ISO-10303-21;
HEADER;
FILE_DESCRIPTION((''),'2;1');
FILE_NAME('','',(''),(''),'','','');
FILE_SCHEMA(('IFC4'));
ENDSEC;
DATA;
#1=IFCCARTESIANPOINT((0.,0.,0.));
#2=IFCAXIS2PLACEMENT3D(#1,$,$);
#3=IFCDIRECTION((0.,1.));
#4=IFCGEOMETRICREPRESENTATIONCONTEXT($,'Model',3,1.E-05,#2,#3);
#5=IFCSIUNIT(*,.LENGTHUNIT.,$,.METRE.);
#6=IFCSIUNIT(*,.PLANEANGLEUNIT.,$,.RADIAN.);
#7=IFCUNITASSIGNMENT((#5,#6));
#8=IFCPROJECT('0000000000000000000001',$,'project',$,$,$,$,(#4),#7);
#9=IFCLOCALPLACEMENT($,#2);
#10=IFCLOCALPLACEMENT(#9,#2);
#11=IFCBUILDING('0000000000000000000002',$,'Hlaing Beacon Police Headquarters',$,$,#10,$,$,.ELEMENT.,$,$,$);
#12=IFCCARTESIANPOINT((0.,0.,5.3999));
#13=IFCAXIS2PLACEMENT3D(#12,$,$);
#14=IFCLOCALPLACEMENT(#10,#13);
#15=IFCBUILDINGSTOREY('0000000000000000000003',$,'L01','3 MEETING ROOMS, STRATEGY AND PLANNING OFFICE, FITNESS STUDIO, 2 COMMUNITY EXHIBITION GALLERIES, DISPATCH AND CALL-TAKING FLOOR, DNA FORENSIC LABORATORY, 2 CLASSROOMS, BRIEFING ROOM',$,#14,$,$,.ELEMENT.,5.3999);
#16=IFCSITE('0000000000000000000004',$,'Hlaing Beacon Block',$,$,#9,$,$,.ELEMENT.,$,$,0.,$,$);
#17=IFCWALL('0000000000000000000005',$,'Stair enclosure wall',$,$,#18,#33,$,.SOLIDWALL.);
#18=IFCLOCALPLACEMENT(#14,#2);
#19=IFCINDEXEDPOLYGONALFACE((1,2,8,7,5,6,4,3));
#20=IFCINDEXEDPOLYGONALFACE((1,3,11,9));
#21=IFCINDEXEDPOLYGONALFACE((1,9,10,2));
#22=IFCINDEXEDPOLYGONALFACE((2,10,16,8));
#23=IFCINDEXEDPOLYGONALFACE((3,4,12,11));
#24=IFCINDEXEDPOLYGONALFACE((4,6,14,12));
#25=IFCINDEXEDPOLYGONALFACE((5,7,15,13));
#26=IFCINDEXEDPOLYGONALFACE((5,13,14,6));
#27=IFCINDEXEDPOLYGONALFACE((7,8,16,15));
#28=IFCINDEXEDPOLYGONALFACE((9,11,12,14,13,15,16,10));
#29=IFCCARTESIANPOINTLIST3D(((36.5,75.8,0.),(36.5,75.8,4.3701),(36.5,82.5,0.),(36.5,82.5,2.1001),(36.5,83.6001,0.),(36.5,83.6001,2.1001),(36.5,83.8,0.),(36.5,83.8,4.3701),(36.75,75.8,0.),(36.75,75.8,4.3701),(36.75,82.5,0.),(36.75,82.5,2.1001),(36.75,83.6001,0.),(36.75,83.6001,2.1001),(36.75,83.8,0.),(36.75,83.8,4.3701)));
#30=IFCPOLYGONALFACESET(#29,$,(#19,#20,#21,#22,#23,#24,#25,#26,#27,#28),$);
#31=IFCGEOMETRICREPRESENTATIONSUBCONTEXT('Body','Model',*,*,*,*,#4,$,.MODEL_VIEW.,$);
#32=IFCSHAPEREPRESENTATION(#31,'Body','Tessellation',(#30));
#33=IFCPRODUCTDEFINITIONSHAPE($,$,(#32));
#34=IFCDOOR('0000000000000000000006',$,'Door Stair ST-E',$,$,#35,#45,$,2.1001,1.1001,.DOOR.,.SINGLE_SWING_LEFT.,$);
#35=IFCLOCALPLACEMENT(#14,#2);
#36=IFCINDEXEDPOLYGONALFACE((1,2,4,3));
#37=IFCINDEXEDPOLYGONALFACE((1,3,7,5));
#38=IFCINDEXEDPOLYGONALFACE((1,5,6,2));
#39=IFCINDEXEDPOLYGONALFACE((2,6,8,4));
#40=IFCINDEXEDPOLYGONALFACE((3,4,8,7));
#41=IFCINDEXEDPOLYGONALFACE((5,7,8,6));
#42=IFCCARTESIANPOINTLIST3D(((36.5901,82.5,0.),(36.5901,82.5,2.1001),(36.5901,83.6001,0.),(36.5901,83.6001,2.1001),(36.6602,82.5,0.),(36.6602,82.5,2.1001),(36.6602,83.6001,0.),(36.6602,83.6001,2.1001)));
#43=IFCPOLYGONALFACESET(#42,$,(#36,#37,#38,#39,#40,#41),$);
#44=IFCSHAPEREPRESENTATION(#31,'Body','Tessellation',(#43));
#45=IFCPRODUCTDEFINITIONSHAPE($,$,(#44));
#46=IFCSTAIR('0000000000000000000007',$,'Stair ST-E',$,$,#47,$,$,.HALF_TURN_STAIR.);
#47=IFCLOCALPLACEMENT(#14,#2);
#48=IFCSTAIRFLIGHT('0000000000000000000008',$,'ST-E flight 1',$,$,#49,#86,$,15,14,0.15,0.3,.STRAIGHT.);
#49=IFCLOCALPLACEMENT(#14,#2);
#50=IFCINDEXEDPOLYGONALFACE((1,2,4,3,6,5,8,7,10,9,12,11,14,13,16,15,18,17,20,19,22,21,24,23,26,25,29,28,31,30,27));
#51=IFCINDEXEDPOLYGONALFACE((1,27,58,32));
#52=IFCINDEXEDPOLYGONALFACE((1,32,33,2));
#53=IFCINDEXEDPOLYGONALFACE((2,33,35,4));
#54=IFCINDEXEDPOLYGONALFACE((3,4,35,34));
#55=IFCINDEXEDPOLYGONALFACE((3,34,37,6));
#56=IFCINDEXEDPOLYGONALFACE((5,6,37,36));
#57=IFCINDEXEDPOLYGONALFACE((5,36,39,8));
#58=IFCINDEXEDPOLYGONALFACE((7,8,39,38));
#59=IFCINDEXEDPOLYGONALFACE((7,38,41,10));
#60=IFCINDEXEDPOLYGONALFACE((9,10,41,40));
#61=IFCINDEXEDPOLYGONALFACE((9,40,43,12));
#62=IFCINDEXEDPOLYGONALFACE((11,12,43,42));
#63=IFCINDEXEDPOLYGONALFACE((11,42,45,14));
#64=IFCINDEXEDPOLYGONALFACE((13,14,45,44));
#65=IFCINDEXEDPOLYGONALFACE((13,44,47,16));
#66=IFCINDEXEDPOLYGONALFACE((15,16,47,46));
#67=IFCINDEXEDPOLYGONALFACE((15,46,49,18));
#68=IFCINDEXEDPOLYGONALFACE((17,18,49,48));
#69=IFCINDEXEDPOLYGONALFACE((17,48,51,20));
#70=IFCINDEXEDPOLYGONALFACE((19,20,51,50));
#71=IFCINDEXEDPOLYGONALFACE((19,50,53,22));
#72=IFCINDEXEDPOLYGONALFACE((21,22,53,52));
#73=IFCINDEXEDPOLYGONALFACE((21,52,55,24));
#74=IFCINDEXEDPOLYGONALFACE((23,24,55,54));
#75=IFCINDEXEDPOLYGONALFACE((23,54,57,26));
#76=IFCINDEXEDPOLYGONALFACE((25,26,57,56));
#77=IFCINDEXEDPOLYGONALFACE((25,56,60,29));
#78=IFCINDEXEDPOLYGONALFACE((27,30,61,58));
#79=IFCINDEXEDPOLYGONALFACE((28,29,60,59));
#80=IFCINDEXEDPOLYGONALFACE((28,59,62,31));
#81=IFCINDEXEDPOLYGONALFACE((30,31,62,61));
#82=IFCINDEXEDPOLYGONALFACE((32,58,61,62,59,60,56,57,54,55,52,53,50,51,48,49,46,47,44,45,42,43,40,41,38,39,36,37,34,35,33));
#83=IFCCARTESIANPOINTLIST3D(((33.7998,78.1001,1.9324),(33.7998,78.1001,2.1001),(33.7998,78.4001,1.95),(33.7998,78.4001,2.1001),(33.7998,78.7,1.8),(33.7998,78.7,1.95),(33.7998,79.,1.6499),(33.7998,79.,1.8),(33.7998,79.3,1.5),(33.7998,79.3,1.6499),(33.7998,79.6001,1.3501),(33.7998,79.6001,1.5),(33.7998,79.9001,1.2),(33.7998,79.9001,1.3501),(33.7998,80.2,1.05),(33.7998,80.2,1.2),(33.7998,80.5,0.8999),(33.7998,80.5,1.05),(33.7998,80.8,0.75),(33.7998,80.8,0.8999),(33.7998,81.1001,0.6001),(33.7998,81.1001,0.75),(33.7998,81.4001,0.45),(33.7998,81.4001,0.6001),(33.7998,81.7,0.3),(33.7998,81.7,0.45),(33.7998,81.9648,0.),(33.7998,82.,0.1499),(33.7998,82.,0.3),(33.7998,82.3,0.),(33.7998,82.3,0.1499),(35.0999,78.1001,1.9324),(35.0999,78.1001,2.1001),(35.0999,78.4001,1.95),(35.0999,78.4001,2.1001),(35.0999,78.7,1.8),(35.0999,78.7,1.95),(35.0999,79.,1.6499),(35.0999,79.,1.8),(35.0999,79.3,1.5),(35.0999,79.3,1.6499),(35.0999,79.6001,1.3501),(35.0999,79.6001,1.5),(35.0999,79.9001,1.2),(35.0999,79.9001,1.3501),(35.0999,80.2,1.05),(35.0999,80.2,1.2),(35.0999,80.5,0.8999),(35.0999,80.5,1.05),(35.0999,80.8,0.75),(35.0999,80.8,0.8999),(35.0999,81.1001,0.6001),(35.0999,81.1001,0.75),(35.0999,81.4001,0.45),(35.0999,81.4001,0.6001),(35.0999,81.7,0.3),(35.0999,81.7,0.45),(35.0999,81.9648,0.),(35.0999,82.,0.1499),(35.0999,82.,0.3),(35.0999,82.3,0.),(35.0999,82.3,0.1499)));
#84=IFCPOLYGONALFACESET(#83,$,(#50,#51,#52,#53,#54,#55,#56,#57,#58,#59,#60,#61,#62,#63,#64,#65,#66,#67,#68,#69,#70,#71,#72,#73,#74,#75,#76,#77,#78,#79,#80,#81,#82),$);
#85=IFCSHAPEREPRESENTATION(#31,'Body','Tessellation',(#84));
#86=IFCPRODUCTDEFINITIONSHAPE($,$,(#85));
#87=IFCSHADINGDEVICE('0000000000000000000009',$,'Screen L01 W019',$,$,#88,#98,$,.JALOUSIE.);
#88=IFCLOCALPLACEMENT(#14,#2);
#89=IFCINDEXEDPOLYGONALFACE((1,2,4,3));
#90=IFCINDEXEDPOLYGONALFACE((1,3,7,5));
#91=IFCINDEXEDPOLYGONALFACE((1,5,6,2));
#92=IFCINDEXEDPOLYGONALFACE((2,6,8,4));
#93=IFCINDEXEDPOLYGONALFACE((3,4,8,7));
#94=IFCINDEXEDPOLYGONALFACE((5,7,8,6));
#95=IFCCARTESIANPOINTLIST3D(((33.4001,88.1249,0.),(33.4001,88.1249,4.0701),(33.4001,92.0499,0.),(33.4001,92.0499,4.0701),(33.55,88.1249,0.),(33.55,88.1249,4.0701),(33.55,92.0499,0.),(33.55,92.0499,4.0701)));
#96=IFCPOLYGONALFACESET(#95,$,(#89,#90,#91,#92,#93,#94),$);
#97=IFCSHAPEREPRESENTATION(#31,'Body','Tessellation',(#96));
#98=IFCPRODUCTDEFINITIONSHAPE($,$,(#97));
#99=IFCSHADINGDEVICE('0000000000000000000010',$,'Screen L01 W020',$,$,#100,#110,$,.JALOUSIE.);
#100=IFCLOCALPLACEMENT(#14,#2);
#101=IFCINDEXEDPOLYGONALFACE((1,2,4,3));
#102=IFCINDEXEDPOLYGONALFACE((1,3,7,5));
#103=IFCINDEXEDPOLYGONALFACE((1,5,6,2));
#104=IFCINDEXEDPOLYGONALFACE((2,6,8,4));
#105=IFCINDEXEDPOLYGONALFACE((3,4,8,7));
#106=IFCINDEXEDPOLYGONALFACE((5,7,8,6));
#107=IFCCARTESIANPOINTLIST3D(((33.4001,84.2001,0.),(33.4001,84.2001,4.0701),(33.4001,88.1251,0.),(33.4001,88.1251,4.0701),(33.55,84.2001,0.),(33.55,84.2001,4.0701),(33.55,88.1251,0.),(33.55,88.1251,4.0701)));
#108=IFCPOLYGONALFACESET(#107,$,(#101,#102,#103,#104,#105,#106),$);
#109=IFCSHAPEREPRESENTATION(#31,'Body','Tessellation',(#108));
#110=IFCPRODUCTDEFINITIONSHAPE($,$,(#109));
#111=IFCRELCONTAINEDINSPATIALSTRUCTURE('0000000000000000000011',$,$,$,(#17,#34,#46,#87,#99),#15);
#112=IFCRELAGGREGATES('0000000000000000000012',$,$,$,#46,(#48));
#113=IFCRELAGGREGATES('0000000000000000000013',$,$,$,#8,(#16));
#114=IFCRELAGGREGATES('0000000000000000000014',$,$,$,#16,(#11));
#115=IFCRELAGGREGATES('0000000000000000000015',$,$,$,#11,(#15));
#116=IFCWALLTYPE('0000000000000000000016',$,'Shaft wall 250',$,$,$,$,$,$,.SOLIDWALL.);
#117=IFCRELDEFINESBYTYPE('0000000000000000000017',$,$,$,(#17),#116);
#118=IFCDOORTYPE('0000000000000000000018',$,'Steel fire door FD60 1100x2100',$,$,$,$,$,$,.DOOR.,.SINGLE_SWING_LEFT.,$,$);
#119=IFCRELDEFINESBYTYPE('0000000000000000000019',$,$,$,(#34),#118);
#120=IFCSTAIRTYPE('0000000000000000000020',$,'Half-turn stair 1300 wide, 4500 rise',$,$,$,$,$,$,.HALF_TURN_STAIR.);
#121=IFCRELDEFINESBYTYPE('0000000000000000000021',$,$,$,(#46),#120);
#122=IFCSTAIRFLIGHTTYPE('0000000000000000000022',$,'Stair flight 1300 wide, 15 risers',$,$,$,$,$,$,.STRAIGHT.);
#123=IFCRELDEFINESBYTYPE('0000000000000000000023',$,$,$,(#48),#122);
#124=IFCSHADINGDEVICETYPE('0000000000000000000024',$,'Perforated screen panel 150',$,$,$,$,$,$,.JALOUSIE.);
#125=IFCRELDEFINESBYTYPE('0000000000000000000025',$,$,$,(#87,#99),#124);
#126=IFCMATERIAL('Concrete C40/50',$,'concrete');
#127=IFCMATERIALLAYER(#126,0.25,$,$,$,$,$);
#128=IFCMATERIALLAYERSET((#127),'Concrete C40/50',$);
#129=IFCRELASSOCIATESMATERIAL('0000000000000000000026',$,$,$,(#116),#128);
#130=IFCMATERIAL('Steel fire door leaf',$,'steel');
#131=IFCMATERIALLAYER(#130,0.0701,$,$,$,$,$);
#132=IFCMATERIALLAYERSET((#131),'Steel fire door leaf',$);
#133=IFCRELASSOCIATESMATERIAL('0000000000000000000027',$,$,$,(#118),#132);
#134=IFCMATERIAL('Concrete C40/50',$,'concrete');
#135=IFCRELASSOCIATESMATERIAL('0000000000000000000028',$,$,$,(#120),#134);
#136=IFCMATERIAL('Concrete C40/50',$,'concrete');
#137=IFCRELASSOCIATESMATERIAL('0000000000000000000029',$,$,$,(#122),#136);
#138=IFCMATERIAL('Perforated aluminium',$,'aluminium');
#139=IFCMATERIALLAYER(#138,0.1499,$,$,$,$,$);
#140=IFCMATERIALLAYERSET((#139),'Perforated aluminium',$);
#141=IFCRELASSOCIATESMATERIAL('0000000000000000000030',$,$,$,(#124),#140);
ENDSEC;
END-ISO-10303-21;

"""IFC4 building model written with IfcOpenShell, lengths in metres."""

from ifc_helpers import new_model, si_unit, direction, frame, frame_2d, origin, origin_2d, place, context, subcontext, project, spatial, polyline, rectangle, outline, extrude, material, layer, layer_set, type_object, element, fill, aggregate, save


model = new_model("IFC4")

# Units and contexts
model_context = context("Model", 3, precision=1e-05, world=origin(), true_north=direction((0.0, 1.0)))
body_context = subcontext(model_context, "Body", "Model", "MODEL_VIEW")
ifc_project = project(units=[si_unit("LENGTHUNIT", "METRE"), si_unit("PLANEANGLEUNIT", "RADIAN")], contexts=[model_context])

# Site, building, storey
site_placement = place(None, origin())
site = spatial("IfcSite", under=ifc_project, at=site_placement, Name="Hlaing Beacon Block", CompositionType="ELEMENT", RefElevation=0.0)
building_placement = place(site_placement, origin())
building = spatial("IfcBuilding", under=site, at=building_placement, Name="Hlaing Beacon Police Headquarters", CompositionType="ELEMENT")
storey_placement = place(building_placement, frame((0.0, 0.0, 5.3999)))
storey = spatial("IfcBuildingStorey", under=building, at=storey_placement, Name="L01", Description="3 MEETING ROOMS, STRATEGY AND PLANNING OFFICE, FITNESS STUDIO, 2 COMMUNITY EXHIBITION GALLERIES, DISPATCH AND CALL-TAKING FLOOR, DNA FORENSIC LABORATORY, 2 CLASSROOMS, BRIEFING ROOM", CompositionType="ELEMENT", Elevation=5.3999)

# Wall, opening, door
ifc_material_1 = material(Name="Concrete C40/50", Category="concrete")
ifc_layer_1 = layer(ifc_material_1, 0.25)
ifc_layer_set_1 = layer_set([ifc_layer_1], Name="Concrete C40/50")
wall_type_1 = type_object("IfcWallType", Name="Shaft wall 250", PredefinedType="SOLIDWALL", material=ifc_layer_set_1)
wall_1_placement = place(storey_placement, frame((36.625, 83.8, 0.0), z_axis=(0.0, 0.0, 1.0), x_axis=(0.0, -1.0, 0.0)))
wall_1 = element("IfcWall", 1, at=wall_1_placement, inside=storey, type_object=wall_type_1, Name="Stair enclosure wall", PredefinedType="SOLIDWALL", context=body_context, shape_type="SweptSolid", body=[
    extrude(rectangle(XDim=8.0, YDim=0.25, at=frame_2d((4.0, 0.0))), origin(), (0.0, 0.0, 1.0), 4.3701),
])
opening_1_placement = place(wall_1_placement, frame((0.2, 0.0, 0.0)))
opening_1 = element("IfcOpeningElement", 2, at=opening_1_placement, cuts=wall_1, PredefinedType="OPENING", context=body_context, shape_type="SweptSolid", body=[
    extrude(rectangle(XDim=1.1001, YDim=2.1001, at=frame_2d((0.55, 1.05))), frame((0.0, 0.135, 0.0), z_axis=(0.0, -1.0, 0.0), x_axis=(1.0, 0.0, 0.0)), (0.0, 0.0, 1.0), 0.27),
])
ifc_material_2 = material(Name="Steel fire door leaf", Category="steel")
ifc_layer_2 = layer(ifc_material_2, 0.0701)
ifc_layer_set_2 = layer_set([ifc_layer_2], Name="Steel fire door leaf")
door_type = type_object("IfcDoorType", Name="Steel fire door FD60 1100x2100", OperationType="SINGLE_SWING_LEFT", PredefinedType="DOOR", material=ifc_layer_set_2)
door_placement = place(opening_1_placement, frame((1.1001, 0.0, 0.0), z_axis=(0.0, 0.0, 1.0), x_axis=(-1.0, 0.0, 0.0)))
door = element("IfcDoor", 3, at=door_placement, inside=storey, type_object=door_type, Name="Door Stair ST-E", OperationType="SINGLE_SWING_LEFT", OverallHeight=2.1001, OverallWidth=1.1001, PredefinedType="DOOR", context=body_context, shape_type="SweptSolid", body=[
    extrude(rectangle(XDim=1.1001, YDim=2.1001, at=frame_2d((0.55, 1.05))), frame((0.0, 0.0349, 0.0), z_axis=(0.0, -1.0, 0.0), x_axis=(1.0, 0.0, 0.0)), (0.0, 0.0, 1.0), 0.0701),
])
fill(opening_1, door)

# Stair, stair flight
ifc_material_3 = material(Name="Concrete C40/50", Category="concrete")
stair_type = type_object("IfcStairType", Name="Half-turn stair 1300 wide, 4500 rise", PredefinedType="HALF_TURN_STAIR", material=ifc_material_3)
stair_placement = place(storey_placement, origin())
stair = element("IfcStair", 4, at=stair_placement, inside=storey, type_object=stair_type, Name="Stair ST-E", PredefinedType="HALF_TURN_STAIR")
ifc_material_4 = material(Name="Concrete C40/50", Category="concrete")
stair_flight_type = type_object("IfcStairFlightType", Name="Stair flight 1300 wide, 15 risers", PredefinedType="STRAIGHT", material=ifc_material_4)
stair_flight_placement = place(storey_placement, frame((34.45, 82.3, 0.0), z_axis=(0.0, 0.0, 1.0), x_axis=(0.0, -1.0, 0.0)))
stair_flight = element("IfcStairFlight", 5, at=stair_flight_placement, type_object=stair_flight_type, Name="ST-E flight 1", NumberOfRisers=15, NumberOfTreads=14, PredefinedType="STRAIGHT", RiserHeight=0.15, TreadLength=0.3, context=body_context, shape_type="SweptSolid", body=[
    extrude(outline(polyline([(0.0, 0.0), (0.0, 0.1499), (0.3, 0.1499), (0.3, 0.3), (0.6001, 0.3), (0.6001, 0.45), (0.8999, 0.45), (0.8999, 0.6001), (1.2, 0.6001), (1.2, 0.75), (1.5, 0.75), (1.5, 0.8999), (1.8, 0.8999), (1.8, 1.05), (2.1001, 1.05), (2.1001, 1.2), (2.3999, 1.2), (2.3999, 1.3501), (2.7, 1.3501), (2.7, 1.5), (3.0, 1.5), (3.0, 1.6499), (3.3, 1.6499), (3.3, 1.8), (3.6001, 1.8), (3.6001, 1.95), (3.8999, 1.95), (3.8999, 2.1001), (4.2, 2.1001), (4.2, 2.25), (4.2, 1.9324), (0.3352, 0.0), (0.0, 0.0)])), frame((0.0, 0.6499, 0.0), z_axis=(0.0, -1.0, 0.0), x_axis=(1.0, 0.0, 0.0)), (0.0, 0.0, 1.0), 1.3),
])
aggregate(stair, [stair_flight])

# Shading devices
ifc_material_5 = material(Name="Perforated aluminium", Category="aluminium")
ifc_layer_3 = layer(ifc_material_5, 0.1499)
ifc_layer_set_3 = layer_set([ifc_layer_3], Name="Perforated aluminium")
shading_device_type = type_object("IfcShadingDeviceType", Name="Perforated screen panel 150", PredefinedType="JALOUSIE", material=ifc_layer_set_3)
for number, where, z_axis, x_axis, name in (
    (6, (33.4751, 90.0874, 0.0), (0.0, 0.0, 1.0), (0.0, -1.0, 0.0), "Screen L01 W019"),
    (7, (33.4751, 86.1626, 0.0), (0.0, 0.0, 1.0), (0.0, -1.0, 0.0), "Screen L01 W020"),
):
    element("IfcShadingDevice", number, at=place(storey_placement, frame(where, z_axis=z_axis, x_axis=x_axis)), inside=storey, type_object=shading_device_type, Name=name, PredefinedType="JALOUSIE", context=body_context, shape_type="SweptSolid", body=[
        extrude(rectangle(XDim=3.925, YDim=0.1499, at=origin_2d()), origin(), (0.0, 0.0, 1.0), 4.0701),
    ])

save(model, "model.ifc")
